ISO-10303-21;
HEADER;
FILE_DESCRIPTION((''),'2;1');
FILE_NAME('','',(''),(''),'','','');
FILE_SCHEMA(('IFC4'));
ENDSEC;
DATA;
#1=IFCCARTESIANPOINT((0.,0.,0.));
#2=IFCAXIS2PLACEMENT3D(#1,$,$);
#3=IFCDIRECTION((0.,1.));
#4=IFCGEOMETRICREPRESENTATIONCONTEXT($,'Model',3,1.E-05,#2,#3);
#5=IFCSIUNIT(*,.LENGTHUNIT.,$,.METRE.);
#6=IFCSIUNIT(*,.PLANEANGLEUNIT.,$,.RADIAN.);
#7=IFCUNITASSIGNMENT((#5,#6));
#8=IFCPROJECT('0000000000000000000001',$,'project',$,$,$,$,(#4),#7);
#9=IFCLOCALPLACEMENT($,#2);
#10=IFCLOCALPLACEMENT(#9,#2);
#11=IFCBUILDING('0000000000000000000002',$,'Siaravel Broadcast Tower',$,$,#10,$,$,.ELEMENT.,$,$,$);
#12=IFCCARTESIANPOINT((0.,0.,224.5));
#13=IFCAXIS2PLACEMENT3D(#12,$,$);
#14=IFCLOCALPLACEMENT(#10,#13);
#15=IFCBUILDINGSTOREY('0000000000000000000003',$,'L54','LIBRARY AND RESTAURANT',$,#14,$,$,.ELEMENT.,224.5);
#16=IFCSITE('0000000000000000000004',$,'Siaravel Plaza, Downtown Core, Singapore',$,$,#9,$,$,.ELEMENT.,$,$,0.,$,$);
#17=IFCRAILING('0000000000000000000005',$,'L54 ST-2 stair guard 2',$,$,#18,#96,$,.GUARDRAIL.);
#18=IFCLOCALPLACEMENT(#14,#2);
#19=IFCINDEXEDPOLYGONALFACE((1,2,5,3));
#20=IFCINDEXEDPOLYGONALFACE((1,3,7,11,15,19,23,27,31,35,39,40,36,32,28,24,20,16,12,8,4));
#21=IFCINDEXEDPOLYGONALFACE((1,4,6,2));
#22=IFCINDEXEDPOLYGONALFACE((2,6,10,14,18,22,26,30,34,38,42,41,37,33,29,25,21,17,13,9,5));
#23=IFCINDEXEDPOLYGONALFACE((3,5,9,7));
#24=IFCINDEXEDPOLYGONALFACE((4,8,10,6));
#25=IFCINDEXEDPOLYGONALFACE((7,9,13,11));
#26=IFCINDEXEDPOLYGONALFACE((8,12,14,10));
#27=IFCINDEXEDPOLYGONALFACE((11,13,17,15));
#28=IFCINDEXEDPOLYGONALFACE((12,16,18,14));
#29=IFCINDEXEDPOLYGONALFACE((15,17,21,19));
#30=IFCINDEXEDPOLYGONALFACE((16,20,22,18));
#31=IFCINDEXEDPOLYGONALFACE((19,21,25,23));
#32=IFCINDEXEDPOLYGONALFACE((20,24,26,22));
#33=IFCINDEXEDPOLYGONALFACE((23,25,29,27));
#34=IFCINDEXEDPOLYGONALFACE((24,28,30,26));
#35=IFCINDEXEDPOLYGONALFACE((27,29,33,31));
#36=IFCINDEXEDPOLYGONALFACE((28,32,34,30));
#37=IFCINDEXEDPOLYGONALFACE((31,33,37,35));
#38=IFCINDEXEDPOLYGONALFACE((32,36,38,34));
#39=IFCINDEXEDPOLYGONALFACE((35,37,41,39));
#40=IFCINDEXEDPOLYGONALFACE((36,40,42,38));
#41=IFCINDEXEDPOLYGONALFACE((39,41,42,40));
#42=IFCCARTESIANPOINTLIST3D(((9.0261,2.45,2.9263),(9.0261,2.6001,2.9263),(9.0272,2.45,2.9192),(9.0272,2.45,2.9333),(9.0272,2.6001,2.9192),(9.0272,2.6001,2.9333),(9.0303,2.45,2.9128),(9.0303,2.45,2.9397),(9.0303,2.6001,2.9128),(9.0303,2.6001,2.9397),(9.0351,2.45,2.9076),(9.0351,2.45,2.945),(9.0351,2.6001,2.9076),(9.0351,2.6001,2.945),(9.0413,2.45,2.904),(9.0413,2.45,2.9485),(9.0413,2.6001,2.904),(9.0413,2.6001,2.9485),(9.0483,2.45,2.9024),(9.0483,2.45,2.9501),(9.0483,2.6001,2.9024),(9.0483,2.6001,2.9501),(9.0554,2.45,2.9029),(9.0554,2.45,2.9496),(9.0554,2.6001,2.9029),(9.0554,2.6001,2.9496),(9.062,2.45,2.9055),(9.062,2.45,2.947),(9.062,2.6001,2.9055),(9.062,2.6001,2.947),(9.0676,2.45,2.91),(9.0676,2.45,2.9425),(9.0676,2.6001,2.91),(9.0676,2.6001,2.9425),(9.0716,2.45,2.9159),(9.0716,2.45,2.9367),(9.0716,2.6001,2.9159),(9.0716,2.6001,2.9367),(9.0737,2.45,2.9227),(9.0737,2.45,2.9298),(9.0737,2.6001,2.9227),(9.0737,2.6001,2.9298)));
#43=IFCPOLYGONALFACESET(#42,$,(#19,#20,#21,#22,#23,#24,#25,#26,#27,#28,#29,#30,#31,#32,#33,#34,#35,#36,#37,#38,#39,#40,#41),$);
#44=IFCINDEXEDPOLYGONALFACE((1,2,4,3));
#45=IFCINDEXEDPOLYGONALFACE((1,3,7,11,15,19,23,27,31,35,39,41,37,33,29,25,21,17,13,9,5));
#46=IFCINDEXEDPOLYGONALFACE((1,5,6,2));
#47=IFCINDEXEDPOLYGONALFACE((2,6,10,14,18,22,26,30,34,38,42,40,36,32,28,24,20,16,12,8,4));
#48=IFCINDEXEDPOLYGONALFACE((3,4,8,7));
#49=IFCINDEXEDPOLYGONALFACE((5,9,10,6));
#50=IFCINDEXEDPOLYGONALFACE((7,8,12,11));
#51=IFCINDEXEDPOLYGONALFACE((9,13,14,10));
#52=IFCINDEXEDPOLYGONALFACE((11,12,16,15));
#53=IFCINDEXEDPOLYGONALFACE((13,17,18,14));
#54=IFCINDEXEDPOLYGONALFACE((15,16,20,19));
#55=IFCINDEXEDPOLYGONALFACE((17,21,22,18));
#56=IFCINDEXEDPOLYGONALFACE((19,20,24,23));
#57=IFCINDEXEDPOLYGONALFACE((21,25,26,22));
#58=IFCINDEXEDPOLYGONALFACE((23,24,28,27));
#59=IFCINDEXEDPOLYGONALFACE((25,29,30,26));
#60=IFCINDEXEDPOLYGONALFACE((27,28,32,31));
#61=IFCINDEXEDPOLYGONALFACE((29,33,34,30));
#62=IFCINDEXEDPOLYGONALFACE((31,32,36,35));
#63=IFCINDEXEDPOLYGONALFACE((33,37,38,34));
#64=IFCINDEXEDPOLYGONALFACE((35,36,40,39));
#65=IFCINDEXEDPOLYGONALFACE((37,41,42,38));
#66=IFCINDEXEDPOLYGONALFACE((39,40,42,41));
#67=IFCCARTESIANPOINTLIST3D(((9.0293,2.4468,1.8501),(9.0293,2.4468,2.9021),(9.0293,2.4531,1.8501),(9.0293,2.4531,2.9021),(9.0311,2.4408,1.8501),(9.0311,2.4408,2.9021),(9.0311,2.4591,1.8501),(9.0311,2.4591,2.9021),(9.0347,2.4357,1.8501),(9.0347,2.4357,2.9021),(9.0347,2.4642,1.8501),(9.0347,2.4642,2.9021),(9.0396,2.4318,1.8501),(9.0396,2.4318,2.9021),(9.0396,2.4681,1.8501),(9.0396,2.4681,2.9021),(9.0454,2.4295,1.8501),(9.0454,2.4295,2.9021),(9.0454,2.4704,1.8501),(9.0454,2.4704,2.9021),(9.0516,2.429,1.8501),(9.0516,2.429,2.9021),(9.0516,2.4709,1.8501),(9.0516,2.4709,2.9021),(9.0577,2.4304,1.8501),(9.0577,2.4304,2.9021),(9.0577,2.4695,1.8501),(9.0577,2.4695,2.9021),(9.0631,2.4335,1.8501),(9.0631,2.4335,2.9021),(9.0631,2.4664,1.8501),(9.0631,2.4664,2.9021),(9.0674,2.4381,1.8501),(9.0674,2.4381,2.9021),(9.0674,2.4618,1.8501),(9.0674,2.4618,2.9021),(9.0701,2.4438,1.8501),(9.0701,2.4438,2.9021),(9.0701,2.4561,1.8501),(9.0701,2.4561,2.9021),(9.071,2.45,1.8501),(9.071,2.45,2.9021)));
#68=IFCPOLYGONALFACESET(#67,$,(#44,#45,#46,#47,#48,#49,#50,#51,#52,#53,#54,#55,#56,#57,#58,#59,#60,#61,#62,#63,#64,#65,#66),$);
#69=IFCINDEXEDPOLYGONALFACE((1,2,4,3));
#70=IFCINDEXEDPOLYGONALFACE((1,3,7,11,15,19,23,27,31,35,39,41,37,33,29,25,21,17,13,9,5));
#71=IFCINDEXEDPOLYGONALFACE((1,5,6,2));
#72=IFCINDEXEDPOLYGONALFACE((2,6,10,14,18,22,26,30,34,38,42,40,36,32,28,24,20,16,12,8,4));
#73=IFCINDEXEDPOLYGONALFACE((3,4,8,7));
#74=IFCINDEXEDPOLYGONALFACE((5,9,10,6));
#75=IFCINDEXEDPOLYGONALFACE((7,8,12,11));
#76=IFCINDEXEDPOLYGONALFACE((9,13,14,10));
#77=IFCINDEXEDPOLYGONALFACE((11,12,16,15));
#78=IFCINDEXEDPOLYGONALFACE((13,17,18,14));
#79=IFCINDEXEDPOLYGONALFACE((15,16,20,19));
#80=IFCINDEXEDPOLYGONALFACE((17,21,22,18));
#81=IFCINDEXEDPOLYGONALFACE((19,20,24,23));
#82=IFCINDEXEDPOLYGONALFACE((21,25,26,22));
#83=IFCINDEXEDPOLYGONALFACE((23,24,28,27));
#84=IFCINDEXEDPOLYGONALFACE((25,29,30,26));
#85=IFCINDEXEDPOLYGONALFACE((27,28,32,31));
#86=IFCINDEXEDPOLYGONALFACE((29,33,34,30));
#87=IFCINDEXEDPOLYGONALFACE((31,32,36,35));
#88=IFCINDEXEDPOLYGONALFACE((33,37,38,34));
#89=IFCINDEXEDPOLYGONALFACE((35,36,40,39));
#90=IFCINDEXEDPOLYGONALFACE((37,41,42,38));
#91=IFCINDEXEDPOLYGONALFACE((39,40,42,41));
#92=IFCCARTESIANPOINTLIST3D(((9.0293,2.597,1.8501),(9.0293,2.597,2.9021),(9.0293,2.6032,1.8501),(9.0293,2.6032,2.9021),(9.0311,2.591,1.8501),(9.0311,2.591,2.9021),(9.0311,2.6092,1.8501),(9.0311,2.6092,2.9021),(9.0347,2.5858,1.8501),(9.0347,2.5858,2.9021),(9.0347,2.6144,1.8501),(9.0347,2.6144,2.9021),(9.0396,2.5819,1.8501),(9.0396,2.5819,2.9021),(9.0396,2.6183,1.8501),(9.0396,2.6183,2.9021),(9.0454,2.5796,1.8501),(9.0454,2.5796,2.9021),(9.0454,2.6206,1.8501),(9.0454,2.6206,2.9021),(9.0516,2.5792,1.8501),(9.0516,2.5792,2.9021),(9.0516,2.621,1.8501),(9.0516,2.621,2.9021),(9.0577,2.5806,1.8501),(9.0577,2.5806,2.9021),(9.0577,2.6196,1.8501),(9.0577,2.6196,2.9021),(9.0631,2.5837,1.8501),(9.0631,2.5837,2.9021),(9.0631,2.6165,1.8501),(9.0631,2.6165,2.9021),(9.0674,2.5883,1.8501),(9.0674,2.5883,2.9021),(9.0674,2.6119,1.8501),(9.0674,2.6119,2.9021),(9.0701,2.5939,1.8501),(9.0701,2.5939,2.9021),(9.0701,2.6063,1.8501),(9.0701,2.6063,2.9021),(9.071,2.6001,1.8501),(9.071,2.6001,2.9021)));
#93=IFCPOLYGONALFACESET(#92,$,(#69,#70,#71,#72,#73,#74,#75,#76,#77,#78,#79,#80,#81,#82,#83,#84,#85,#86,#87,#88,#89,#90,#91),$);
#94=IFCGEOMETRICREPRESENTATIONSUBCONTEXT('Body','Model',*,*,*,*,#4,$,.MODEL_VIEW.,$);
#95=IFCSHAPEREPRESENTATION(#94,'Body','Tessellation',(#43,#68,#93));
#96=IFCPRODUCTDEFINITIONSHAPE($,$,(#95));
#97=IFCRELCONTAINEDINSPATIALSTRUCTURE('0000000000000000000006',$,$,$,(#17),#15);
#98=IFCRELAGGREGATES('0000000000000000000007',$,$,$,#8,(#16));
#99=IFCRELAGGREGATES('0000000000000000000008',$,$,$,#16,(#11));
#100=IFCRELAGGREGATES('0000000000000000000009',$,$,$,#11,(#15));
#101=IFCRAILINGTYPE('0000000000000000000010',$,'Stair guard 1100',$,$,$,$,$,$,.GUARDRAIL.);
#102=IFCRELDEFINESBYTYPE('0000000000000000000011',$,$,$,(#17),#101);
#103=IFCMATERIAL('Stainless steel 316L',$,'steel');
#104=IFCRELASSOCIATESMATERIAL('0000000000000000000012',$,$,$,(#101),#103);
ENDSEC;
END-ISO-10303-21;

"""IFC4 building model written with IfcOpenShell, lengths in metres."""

from ifc_helpers import new_model, si_unit, direction, frame, origin, origin_2d, place, context, subcontext, project, spatial, circle, extrude, material, type_object, element, save


model = new_model("IFC4")

# Units and contexts
model_context = context("Model", 3, precision=1e-05, world=origin(), true_north=direction((0.0, 1.0)))
body_context = subcontext(model_context, "Body", "Model", "MODEL_VIEW")
ifc_project = project(units=[si_unit("LENGTHUNIT", "METRE"), si_unit("PLANEANGLEUNIT", "RADIAN")], contexts=[model_context])

# Site, building, storey
site_placement = place(None, origin())
site = spatial("IfcSite", under=ifc_project, at=site_placement, Name="Siaravel Plaza, Downtown Core, Singapore", CompositionType="ELEMENT", RefElevation=0.0)
building_placement = place(site_placement, origin())
building = spatial("IfcBuilding", under=site, at=building_placement, Name="Siaravel Broadcast Tower", CompositionType="ELEMENT")
storey_placement = place(building_placement, frame((0.0, 0.0, 224.5)))
storey = spatial("IfcBuildingStorey", under=building, at=storey_placement, Name="L54", Description="LIBRARY AND RESTAURANT", CompositionType="ELEMENT", Elevation=224.5)

# Railing
ifc_material_1 = material(Name="Stainless steel 316L", Category="steel")
railing_type_1 = type_object("IfcRailingType", Name="Stair guard 1100", PredefinedType="GUARDRAIL", material=ifc_material_1)
railing_1_placement = place(storey_placement, frame((9.05, 2.45, 1.8501)))
element("IfcRailing", 1, at=railing_1_placement, inside=storey, type_object=railing_type_1, Name="L54 ST-2 stair guard 2", PredefinedType="GUARDRAIL", context=body_context, shape_type="SweptSolid", body=[
    extrude(circle(Radius=0.0239, at=origin_2d()), frame((0.0, 0.0, 1.0762), z_axis=(0.0, 1.0, 0.0), x_axis=(-1.0, 0.0, 0.0)), (0.0, 0.0, 1.0), 0.1501),
    extrude(circle(Radius=0.021, at=origin_2d()), origin(), (0.0, 0.0, 1.0), 1.052),
    extrude(circle(Radius=0.021, at=origin_2d()), frame((0.0, 0.1501, 0.0)), (0.0, 0.0, 1.0), 1.052),
])

save(model, "model.ifc")
